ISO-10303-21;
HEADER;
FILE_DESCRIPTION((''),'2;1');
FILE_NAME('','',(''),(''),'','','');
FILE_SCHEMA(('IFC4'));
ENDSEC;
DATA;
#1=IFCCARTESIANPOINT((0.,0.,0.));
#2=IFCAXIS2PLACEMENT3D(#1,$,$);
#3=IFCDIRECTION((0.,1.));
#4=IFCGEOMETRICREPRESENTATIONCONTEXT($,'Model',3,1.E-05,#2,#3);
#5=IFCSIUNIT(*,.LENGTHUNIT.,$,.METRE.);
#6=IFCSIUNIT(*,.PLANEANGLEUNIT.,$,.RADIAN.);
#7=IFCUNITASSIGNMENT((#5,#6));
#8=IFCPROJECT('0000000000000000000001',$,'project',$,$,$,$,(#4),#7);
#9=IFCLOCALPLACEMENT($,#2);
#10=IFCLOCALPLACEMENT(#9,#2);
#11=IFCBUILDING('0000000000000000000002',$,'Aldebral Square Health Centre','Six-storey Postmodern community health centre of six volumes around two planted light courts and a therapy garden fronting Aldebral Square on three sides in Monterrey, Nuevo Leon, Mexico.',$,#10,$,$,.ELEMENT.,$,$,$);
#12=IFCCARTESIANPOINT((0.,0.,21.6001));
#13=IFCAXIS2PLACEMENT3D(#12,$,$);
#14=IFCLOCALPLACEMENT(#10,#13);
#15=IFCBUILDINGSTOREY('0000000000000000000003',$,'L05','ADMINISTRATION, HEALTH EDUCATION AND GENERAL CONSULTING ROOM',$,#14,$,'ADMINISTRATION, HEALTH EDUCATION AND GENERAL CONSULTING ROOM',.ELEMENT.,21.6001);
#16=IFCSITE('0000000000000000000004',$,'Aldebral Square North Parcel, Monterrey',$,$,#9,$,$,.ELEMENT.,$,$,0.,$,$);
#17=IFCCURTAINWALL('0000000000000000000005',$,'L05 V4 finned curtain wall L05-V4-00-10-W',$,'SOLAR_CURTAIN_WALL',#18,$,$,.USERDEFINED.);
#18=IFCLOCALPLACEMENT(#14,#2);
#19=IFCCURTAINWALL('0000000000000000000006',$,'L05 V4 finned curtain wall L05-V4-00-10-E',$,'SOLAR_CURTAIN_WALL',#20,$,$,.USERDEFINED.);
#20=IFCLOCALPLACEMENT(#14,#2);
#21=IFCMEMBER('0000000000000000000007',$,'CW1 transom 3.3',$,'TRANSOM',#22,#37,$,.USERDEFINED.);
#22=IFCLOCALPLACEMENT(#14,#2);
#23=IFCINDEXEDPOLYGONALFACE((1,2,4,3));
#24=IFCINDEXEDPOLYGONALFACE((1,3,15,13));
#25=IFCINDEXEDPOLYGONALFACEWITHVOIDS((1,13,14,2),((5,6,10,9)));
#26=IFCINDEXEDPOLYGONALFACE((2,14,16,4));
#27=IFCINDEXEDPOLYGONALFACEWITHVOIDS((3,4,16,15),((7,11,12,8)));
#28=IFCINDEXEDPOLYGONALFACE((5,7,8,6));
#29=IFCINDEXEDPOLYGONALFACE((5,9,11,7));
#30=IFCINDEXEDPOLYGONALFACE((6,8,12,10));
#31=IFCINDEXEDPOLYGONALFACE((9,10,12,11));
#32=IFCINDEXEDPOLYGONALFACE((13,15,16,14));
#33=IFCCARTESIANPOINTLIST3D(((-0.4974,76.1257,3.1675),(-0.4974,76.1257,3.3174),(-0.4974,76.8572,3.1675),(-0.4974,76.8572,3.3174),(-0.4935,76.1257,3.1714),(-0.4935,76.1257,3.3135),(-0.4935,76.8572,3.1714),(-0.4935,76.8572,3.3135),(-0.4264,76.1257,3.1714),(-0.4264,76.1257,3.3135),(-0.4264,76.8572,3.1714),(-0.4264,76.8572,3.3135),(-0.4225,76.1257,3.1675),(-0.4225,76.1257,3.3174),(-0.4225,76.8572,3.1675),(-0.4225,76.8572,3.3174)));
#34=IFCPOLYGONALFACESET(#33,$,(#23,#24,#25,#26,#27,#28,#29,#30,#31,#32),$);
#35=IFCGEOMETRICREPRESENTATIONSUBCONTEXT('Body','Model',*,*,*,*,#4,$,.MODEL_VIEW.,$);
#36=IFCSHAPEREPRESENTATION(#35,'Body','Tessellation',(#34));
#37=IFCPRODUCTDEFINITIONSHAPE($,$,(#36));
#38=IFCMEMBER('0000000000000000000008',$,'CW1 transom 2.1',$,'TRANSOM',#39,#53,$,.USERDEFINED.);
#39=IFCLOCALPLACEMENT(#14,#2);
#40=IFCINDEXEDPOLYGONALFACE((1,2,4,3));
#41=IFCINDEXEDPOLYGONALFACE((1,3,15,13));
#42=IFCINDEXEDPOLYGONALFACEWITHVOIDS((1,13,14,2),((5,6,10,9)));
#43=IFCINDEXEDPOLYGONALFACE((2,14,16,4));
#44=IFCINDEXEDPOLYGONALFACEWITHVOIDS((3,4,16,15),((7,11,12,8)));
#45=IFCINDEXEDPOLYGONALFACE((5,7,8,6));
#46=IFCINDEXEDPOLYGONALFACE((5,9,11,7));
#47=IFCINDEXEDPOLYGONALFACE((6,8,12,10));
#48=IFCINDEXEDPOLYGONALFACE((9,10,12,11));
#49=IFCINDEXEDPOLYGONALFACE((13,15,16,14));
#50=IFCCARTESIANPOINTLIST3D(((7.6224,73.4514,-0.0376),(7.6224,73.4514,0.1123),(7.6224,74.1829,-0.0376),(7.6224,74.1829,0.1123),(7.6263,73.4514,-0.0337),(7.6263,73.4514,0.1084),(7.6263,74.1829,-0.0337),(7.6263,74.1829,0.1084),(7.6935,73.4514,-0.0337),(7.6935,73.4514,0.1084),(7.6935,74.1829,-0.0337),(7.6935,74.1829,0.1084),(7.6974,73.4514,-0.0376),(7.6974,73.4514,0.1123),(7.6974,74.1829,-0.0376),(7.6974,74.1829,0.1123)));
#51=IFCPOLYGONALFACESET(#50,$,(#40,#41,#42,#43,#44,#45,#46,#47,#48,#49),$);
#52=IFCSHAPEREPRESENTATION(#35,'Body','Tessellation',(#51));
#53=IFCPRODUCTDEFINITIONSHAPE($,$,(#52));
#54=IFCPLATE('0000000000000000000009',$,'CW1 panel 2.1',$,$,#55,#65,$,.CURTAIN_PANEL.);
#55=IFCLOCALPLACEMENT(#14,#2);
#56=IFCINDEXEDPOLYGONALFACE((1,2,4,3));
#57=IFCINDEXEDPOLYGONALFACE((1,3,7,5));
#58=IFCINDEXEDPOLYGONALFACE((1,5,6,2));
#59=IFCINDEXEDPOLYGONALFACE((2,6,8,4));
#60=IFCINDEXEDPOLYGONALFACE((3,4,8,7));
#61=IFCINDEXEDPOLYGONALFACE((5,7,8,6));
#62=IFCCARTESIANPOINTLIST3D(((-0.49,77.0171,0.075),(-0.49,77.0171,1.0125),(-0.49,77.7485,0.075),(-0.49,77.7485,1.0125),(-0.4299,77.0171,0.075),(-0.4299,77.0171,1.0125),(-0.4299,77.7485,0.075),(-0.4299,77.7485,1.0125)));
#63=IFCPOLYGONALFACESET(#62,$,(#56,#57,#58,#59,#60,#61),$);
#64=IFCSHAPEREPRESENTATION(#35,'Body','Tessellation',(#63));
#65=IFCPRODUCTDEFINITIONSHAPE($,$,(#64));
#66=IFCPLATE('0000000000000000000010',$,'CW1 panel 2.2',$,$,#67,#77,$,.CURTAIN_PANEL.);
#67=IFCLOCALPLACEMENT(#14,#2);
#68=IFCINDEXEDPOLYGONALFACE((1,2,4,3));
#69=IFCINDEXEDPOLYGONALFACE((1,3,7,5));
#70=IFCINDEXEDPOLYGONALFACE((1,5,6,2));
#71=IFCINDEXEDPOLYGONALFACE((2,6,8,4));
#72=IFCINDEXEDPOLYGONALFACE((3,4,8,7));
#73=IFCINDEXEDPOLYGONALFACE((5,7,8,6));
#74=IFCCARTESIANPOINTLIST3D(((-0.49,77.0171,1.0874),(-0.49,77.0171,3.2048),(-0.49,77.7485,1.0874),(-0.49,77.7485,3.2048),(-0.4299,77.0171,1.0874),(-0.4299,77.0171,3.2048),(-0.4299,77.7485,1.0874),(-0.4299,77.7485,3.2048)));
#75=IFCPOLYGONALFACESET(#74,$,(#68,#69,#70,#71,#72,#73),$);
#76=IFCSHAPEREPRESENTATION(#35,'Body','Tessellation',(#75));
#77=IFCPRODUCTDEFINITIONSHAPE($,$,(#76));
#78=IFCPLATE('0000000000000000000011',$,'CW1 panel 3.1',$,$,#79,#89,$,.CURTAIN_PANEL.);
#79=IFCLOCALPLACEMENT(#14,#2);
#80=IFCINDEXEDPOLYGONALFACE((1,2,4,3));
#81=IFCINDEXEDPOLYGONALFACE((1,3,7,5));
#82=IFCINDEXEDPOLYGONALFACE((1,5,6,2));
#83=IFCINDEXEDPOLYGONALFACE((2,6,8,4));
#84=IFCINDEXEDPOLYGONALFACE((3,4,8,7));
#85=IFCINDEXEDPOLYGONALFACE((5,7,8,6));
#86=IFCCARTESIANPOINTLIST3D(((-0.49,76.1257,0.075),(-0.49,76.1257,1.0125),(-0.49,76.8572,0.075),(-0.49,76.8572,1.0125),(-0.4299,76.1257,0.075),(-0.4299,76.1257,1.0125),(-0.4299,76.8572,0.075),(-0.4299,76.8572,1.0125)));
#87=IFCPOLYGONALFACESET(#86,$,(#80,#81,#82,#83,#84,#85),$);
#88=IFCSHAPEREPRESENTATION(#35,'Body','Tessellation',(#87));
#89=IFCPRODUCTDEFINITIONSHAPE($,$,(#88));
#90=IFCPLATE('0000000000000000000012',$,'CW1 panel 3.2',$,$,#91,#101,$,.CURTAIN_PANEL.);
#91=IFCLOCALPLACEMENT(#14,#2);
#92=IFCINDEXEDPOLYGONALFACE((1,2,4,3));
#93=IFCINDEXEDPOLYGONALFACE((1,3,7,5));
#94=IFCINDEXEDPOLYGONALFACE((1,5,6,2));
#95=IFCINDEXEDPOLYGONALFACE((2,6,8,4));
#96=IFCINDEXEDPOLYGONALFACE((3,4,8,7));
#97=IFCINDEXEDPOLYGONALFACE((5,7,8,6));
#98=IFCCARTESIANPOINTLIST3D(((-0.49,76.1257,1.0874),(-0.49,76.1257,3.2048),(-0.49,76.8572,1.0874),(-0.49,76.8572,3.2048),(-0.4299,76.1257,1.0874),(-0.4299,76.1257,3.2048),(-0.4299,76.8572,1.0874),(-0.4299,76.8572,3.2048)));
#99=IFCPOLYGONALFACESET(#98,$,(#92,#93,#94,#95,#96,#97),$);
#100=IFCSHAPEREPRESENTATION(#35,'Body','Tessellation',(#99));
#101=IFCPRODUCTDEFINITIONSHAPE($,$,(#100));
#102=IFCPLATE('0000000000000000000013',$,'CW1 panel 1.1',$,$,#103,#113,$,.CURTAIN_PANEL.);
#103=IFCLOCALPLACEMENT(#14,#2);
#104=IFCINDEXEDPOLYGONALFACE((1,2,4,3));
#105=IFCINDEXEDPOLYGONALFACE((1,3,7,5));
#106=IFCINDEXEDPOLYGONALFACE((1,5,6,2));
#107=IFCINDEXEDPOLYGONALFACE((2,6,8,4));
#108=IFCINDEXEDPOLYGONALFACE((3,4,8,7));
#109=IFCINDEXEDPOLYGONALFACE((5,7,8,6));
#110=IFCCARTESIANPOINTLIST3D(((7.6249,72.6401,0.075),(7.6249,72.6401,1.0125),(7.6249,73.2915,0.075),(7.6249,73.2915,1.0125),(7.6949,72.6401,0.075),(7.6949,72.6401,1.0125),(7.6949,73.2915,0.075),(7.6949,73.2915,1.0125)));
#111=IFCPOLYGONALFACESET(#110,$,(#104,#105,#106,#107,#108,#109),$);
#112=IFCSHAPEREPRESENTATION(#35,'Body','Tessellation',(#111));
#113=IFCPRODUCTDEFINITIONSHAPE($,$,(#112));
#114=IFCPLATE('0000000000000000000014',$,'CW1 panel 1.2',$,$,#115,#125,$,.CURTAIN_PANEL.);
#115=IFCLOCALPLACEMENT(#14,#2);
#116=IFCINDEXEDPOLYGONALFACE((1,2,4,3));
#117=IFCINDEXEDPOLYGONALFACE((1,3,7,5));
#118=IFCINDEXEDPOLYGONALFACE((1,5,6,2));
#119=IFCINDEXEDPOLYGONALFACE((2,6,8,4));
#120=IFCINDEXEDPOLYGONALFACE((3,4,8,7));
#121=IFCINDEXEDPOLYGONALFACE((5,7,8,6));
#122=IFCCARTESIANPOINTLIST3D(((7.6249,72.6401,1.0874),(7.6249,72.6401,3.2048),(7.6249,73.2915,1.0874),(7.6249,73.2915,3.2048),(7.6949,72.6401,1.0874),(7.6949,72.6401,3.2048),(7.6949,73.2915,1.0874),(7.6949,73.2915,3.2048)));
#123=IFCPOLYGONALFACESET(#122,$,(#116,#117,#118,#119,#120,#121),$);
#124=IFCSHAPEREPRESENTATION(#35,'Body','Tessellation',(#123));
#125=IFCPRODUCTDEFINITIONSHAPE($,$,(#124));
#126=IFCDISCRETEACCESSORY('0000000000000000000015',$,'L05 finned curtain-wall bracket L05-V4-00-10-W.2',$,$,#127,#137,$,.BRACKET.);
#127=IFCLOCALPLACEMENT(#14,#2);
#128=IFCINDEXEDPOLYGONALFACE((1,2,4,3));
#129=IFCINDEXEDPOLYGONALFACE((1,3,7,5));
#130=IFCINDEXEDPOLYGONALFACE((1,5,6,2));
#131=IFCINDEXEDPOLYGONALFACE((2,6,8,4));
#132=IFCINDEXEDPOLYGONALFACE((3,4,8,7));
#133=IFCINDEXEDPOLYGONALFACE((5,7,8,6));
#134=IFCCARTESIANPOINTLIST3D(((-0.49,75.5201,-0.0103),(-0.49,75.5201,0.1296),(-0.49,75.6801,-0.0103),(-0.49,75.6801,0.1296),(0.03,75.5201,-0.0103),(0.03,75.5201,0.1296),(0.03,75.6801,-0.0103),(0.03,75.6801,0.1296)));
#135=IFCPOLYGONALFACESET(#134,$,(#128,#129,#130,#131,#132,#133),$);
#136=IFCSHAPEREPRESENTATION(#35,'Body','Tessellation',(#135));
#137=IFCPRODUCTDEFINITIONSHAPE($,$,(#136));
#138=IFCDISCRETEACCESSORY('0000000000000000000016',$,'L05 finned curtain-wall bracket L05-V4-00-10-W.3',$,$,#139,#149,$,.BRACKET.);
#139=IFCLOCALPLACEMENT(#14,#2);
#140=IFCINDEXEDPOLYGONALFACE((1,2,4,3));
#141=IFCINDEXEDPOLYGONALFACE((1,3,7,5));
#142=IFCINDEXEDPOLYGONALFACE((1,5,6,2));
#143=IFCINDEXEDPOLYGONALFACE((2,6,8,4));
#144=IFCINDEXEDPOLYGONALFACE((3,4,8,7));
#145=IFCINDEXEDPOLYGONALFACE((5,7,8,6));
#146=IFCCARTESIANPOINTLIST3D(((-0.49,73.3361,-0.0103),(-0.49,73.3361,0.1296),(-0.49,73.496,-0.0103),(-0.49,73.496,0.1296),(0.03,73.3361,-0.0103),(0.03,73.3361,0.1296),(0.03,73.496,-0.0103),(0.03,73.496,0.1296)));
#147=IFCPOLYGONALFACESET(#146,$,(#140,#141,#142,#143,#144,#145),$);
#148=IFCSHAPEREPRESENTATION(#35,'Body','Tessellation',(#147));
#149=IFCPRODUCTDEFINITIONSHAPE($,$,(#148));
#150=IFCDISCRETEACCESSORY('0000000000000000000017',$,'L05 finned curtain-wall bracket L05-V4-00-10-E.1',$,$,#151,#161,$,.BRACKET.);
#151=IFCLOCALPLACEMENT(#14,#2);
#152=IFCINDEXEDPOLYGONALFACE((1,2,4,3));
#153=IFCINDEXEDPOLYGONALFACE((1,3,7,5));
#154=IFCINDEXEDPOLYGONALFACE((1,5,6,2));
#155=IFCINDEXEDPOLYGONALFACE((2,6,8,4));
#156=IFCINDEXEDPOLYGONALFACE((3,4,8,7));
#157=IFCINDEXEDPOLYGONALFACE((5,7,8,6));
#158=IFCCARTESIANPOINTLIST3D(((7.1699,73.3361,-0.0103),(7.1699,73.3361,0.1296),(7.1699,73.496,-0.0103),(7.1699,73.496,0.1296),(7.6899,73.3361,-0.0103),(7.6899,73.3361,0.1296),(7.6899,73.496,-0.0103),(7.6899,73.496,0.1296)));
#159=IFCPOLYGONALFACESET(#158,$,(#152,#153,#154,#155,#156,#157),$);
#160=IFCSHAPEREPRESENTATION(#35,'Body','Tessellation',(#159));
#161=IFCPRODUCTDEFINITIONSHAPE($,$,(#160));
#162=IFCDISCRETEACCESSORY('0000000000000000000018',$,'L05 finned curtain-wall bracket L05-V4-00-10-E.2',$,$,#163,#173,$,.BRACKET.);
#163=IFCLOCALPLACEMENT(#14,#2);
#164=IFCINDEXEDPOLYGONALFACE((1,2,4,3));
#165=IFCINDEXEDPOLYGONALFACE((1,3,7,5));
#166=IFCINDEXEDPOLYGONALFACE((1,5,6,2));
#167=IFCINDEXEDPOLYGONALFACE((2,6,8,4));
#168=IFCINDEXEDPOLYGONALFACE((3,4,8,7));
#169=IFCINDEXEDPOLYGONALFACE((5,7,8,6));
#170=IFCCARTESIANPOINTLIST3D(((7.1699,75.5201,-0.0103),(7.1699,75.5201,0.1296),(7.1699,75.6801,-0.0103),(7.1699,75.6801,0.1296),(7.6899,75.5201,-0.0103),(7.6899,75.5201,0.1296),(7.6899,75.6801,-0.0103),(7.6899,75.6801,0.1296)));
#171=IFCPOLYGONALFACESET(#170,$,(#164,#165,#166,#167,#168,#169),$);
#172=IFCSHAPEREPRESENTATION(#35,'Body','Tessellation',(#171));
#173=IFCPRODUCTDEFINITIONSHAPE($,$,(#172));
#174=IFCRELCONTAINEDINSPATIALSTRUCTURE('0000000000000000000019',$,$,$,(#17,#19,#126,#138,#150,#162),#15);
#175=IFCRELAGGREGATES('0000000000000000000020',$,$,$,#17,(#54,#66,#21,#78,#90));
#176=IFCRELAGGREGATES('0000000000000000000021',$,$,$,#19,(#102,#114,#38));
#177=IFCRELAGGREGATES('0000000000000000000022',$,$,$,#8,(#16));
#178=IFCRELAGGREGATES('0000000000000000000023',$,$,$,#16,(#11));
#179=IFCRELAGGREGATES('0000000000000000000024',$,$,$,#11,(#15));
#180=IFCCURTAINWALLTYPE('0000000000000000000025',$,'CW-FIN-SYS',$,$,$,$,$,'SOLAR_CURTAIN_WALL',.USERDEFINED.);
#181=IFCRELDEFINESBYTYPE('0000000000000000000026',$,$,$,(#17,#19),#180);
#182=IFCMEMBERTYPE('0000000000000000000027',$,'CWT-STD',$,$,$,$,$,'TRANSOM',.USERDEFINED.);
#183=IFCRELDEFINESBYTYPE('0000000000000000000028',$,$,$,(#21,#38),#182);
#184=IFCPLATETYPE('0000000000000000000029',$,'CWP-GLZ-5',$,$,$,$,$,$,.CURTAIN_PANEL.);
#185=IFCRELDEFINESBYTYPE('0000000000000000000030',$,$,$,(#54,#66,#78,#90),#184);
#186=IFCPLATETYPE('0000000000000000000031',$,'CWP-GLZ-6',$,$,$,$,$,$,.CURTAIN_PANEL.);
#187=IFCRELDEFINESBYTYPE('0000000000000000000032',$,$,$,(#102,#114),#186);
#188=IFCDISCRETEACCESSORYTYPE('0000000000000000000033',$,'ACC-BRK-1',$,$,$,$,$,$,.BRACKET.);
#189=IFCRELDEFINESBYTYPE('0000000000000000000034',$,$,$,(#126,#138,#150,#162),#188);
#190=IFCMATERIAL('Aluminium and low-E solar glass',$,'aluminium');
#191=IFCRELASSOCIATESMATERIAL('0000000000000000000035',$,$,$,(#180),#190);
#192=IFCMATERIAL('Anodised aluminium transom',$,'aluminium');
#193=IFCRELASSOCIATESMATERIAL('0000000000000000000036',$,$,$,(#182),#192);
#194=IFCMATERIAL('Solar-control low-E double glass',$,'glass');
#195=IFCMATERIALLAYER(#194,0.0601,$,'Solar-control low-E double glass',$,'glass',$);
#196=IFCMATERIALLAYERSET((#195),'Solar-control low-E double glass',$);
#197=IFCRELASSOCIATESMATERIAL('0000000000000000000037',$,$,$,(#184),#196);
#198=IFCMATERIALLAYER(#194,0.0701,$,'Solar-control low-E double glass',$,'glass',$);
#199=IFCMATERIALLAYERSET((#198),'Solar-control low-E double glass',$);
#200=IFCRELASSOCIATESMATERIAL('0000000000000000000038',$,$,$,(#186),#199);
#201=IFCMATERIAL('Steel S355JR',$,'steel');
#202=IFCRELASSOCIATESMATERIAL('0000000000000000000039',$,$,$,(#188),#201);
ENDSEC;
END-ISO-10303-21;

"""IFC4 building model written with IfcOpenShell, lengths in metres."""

from ifc_helpers import new_model, si_unit, direction, frame, origin, origin_2d, place, context, subcontext, project, spatial, rectangle, hollow_rectangle, extrude, material, layer, layer_set, material_profile, profile_set, type_object, element, aggregate, save


model = new_model("IFC4")

# Units and contexts
model_context = context("Model", 3, precision=1e-05, world=origin(), true_north=direction((0.0, 1.0)))
body_context = subcontext(model_context, "Body", "Model", "MODEL_VIEW")
ifc_project = project(units=[si_unit("LENGTHUNIT", "METRE"), si_unit("PLANEANGLEUNIT", "RADIAN")], contexts=[model_context])

# Site, building, storey
site_placement = place(None, origin())
site = spatial("IfcSite", under=ifc_project, at=site_placement, Name="Aldebral Square North Parcel, Monterrey", CompositionType="ELEMENT", RefElevation=0.0)
building_placement = place(site_placement, origin())
building = spatial("IfcBuilding", under=site, at=building_placement, Name="Aldebral Square Health Centre", Description="Six-storey Postmodern community health centre of six volumes around two planted light courts and a therapy garden fronting Aldebral Square on three sides in Monterrey, Nuevo Leon, Mexico.", CompositionType="ELEMENT")
storey_placement = place(building_placement, frame((0.0, 0.0, 21.6001)))
storey = spatial("IfcBuildingStorey", under=building, at=storey_placement, Name="L05", Description="ADMINISTRATION, HEALTH EDUCATION AND GENERAL CONSULTING ROOM", LongName="ADMINISTRATION, HEALTH EDUCATION AND GENERAL CONSULTING ROOM", CompositionType="ELEMENT", Elevation=21.6001)

# Curtain walls
ifc_material_1 = material(Name="Aluminium and low-E solar glass", Category="aluminium")
curtain_wall_type = type_object("IfcCurtainWallType", Name="CW-FIN-SYS", ElementType="SOLAR_CURTAIN_WALL", PredefinedType="USERDEFINED", material=ifc_material_1)
curtain_wall_1_placement = place(storey_placement, origin())
curtain_wall_1 = element("IfcCurtainWall", 1, at=curtain_wall_1_placement, inside=storey, type_object=curtain_wall_type, Name="L05 V4 finned curtain wall L05-V4-00-10-W", ObjectType="SOLAR_CURTAIN_WALL", PredefinedType="USERDEFINED")
curtain_wall_2_placement = place(storey_placement, origin())
curtain_wall_2 = element("IfcCurtainWall", 2, at=curtain_wall_2_placement, inside=storey, type_object=curtain_wall_type, Name="L05 V4 finned curtain wall L05-V4-00-10-E", ObjectType="SOLAR_CURTAIN_WALL", PredefinedType="USERDEFINED")

# Members
ifc_material_2 = material(Name="Anodised aluminium transom", Category="aluminium")
ifc_material_profile_1 = material_profile(ifc_material_2, hollow_rectangle(XDim=0.075, YDim=0.1499, WallThickness=0.0039, at=origin_2d()), Name="CWT 75x150x4")
ifc_profile_set_1 = profile_set([ifc_material_profile_1], Name="Anodised aluminium transom")
member_type_1 = type_object("IfcMemberType", Name="CWT-STD", ElementType="TRANSOM", PredefinedType="USERDEFINED", material=ifc_profile_set_1)
member_1_placement = place(storey_placement, frame((-0.46, 76.8572, 3.2424), z_axis=(0.0, -1.0, 0.0), x_axis=(1.0, 0.0, 0.0)))
member_1 = element("IfcMember", 3, at=member_1_placement, type_object=member_type_1, Name="CW1 transom 3.3", ObjectType="TRANSOM", PredefinedType="USERDEFINED", context=body_context, shape_type="SweptSolid", body=[
    extrude(hollow_rectangle(XDim=0.075, YDim=0.1499, WallThickness=0.0039, at=origin_2d()), origin(), (0.0, 0.0, 1.0), 0.7314),
])
member_2_placement = place(storey_placement, frame((7.6599, 73.4514, 0.0374), z_axis=(0.0, 1.0, 0.0), x_axis=(-1.0, 0.0, 0.0)))
member_2 = element("IfcMember", 4, at=member_2_placement, type_object=member_type_1, Name="CW1 transom 2.1", ObjectType="TRANSOM", PredefinedType="USERDEFINED", context=body_context, shape_type="SweptSolid", body=[
    extrude(hollow_rectangle(XDim=0.075, YDim=0.1499, WallThickness=0.0039, at=origin_2d()), origin(), (0.0, 0.0, 1.0), 0.7314),
])

# Plates
ifc_material_3 = material(Name="Solar-control low-E double glass", Category="glass")
ifc_layer_1 = layer(ifc_material_3, 0.0601, Name="Solar-control low-E double glass", Category="glass")
ifc_layer_set_1 = layer_set([ifc_layer_1], Name="Solar-control low-E double glass")
plate_type_1 = type_object("IfcPlateType", Name="CWP-GLZ-5", PredefinedType="CURTAIN_PANEL", material=ifc_layer_set_1)
plate_1_placement = place(storey_placement, frame((-0.46, 77.3828, 0.075), z_axis=(0.0, 0.0, 1.0), x_axis=(0.0, -1.0, 0.0)))
plate_1 = element("IfcPlate", 5, at=plate_1_placement, type_object=plate_type_1, Name="CW1 panel 2.1", PredefinedType="CURTAIN_PANEL", context=body_context, shape_type="SweptSolid", body=[
    extrude(rectangle(XDim=0.7314, YDim=0.0601, at=origin_2d()), origin(), (0.0, 0.0, 1.0), 0.9375),
])
plate_2_placement = place(storey_placement, frame((-0.46, 77.3828, 1.0874), z_axis=(0.0, 0.0, 1.0), x_axis=(0.0, -1.0, 0.0)))
plate_2 = element("IfcPlate", 6, at=plate_2_placement, type_object=plate_type_1, Name="CW1 panel 2.2", PredefinedType="CURTAIN_PANEL", context=body_context, shape_type="SweptSolid", body=[
    extrude(rectangle(XDim=0.7314, YDim=0.0601, at=origin_2d()), origin(), (0.0, 0.0, 1.0), 2.1174),
])
plate_3_placement = place(storey_placement, frame((-0.46, 76.4915, 0.075), z_axis=(0.0, 0.0, 1.0), x_axis=(0.0, -1.0, 0.0)))
plate_3 = element("IfcPlate", 7, at=plate_3_placement, type_object=plate_type_1, Name="CW1 panel 3.1", PredefinedType="CURTAIN_PANEL", context=body_context, shape_type="SweptSolid", body=[
    extrude(rectangle(XDim=0.7314, YDim=0.0601, at=origin_2d()), origin(), (0.0, 0.0, 1.0), 0.9375),
])
plate_4_placement = place(storey_placement, frame((-0.46, 76.4915, 1.0874), z_axis=(0.0, 0.0, 1.0), x_axis=(0.0, -1.0, 0.0)))
plate_4 = element("IfcPlate", 8, at=plate_4_placement, type_object=plate_type_1, Name="CW1 panel 3.2", PredefinedType="CURTAIN_PANEL", context=body_context, shape_type="SweptSolid", body=[
    extrude(rectangle(XDim=0.7314, YDim=0.0601, at=origin_2d()), origin(), (0.0, 0.0, 1.0), 2.1174),
])
aggregate(curtain_wall_1, [plate_1, plate_2, member_1, plate_3, plate_4])
ifc_layer_2 = layer(ifc_material_3, 0.0701, Name="Solar-control low-E double glass", Category="glass")
ifc_layer_set_2 = layer_set([ifc_layer_2], Name="Solar-control low-E double glass")
plate_type_2 = type_object("IfcPlateType", Name="CWP-GLZ-6", PredefinedType="CURTAIN_PANEL", material=ifc_layer_set_2)
plate_5_placement = place(storey_placement, frame((7.6599, 72.9658, 0.075), z_axis=(0.0, 0.0, 1.0), x_axis=(0.0, 1.0, 0.0)))
plate_5 = element("IfcPlate", 9, at=plate_5_placement, type_object=plate_type_2, Name="CW1 panel 1.1", PredefinedType="CURTAIN_PANEL", context=body_context, shape_type="SweptSolid", body=[
    extrude(rectangle(XDim=0.6514, YDim=0.0701, at=origin_2d()), origin(), (0.0, 0.0, 1.0), 0.9375),
])
plate_6_placement = place(storey_placement, frame((7.6599, 72.9658, 1.0874), z_axis=(0.0, 0.0, 1.0), x_axis=(0.0, 1.0, 0.0)))
plate_6 = element("IfcPlate", 10, at=plate_6_placement, type_object=plate_type_2, Name="CW1 panel 1.2", PredefinedType="CURTAIN_PANEL", context=body_context, shape_type="SweptSolid", body=[
    extrude(rectangle(XDim=0.6514, YDim=0.0701, at=origin_2d()), origin(), (0.0, 0.0, 1.0), 2.1174),
])
aggregate(curtain_wall_2, [plate_5, plate_6, member_2])

# Discrete accessories
ifc_material_4 = material(Name="Steel S355JR", Category="steel")
discrete_accessory_type = type_object("IfcDiscreteAccessoryType", Name="ACC-BRK-1", PredefinedType="BRACKET", material=ifc_material_4)
for number, where, z_axis, x_axis, name in (
    (11, (-0.23, 75.6001, -0.0103), (0.0, 0.0, 1.0), (0.0, 1.0, 0.0), "L05 finned curtain-wall bracket L05-V4-00-10-W.2"),
    (12, (-0.23, 73.416, -0.0103), (0.0, 0.0, 1.0), (0.0, 1.0, 0.0), "L05 finned curtain-wall bracket L05-V4-00-10-W.3"),
    (13, (7.4299, 73.416, -0.0103), (0.0, 0.0, 1.0), (0.0, 1.0, 0.0), "L05 finned curtain-wall bracket L05-V4-00-10-E.1"),
    (14, (7.4299, 75.6001, -0.0103), (0.0, 0.0, 1.0), (0.0, 1.0, 0.0), "L05 finned curtain-wall bracket L05-V4-00-10-E.2"),
):
    element("IfcDiscreteAccessory", number, at=place(storey_placement, frame(where, z_axis=z_axis, x_axis=x_axis)), inside=storey, type_object=discrete_accessory_type, Name=name, PredefinedType="BRACKET", context=body_context, shape_type="SweptSolid", body=[
        extrude(rectangle(XDim=0.1599, YDim=0.52, at=origin_2d()), origin(), (0.0, 0.0, 1.0), 0.1399),
    ])

save(model, "model.ifc")
